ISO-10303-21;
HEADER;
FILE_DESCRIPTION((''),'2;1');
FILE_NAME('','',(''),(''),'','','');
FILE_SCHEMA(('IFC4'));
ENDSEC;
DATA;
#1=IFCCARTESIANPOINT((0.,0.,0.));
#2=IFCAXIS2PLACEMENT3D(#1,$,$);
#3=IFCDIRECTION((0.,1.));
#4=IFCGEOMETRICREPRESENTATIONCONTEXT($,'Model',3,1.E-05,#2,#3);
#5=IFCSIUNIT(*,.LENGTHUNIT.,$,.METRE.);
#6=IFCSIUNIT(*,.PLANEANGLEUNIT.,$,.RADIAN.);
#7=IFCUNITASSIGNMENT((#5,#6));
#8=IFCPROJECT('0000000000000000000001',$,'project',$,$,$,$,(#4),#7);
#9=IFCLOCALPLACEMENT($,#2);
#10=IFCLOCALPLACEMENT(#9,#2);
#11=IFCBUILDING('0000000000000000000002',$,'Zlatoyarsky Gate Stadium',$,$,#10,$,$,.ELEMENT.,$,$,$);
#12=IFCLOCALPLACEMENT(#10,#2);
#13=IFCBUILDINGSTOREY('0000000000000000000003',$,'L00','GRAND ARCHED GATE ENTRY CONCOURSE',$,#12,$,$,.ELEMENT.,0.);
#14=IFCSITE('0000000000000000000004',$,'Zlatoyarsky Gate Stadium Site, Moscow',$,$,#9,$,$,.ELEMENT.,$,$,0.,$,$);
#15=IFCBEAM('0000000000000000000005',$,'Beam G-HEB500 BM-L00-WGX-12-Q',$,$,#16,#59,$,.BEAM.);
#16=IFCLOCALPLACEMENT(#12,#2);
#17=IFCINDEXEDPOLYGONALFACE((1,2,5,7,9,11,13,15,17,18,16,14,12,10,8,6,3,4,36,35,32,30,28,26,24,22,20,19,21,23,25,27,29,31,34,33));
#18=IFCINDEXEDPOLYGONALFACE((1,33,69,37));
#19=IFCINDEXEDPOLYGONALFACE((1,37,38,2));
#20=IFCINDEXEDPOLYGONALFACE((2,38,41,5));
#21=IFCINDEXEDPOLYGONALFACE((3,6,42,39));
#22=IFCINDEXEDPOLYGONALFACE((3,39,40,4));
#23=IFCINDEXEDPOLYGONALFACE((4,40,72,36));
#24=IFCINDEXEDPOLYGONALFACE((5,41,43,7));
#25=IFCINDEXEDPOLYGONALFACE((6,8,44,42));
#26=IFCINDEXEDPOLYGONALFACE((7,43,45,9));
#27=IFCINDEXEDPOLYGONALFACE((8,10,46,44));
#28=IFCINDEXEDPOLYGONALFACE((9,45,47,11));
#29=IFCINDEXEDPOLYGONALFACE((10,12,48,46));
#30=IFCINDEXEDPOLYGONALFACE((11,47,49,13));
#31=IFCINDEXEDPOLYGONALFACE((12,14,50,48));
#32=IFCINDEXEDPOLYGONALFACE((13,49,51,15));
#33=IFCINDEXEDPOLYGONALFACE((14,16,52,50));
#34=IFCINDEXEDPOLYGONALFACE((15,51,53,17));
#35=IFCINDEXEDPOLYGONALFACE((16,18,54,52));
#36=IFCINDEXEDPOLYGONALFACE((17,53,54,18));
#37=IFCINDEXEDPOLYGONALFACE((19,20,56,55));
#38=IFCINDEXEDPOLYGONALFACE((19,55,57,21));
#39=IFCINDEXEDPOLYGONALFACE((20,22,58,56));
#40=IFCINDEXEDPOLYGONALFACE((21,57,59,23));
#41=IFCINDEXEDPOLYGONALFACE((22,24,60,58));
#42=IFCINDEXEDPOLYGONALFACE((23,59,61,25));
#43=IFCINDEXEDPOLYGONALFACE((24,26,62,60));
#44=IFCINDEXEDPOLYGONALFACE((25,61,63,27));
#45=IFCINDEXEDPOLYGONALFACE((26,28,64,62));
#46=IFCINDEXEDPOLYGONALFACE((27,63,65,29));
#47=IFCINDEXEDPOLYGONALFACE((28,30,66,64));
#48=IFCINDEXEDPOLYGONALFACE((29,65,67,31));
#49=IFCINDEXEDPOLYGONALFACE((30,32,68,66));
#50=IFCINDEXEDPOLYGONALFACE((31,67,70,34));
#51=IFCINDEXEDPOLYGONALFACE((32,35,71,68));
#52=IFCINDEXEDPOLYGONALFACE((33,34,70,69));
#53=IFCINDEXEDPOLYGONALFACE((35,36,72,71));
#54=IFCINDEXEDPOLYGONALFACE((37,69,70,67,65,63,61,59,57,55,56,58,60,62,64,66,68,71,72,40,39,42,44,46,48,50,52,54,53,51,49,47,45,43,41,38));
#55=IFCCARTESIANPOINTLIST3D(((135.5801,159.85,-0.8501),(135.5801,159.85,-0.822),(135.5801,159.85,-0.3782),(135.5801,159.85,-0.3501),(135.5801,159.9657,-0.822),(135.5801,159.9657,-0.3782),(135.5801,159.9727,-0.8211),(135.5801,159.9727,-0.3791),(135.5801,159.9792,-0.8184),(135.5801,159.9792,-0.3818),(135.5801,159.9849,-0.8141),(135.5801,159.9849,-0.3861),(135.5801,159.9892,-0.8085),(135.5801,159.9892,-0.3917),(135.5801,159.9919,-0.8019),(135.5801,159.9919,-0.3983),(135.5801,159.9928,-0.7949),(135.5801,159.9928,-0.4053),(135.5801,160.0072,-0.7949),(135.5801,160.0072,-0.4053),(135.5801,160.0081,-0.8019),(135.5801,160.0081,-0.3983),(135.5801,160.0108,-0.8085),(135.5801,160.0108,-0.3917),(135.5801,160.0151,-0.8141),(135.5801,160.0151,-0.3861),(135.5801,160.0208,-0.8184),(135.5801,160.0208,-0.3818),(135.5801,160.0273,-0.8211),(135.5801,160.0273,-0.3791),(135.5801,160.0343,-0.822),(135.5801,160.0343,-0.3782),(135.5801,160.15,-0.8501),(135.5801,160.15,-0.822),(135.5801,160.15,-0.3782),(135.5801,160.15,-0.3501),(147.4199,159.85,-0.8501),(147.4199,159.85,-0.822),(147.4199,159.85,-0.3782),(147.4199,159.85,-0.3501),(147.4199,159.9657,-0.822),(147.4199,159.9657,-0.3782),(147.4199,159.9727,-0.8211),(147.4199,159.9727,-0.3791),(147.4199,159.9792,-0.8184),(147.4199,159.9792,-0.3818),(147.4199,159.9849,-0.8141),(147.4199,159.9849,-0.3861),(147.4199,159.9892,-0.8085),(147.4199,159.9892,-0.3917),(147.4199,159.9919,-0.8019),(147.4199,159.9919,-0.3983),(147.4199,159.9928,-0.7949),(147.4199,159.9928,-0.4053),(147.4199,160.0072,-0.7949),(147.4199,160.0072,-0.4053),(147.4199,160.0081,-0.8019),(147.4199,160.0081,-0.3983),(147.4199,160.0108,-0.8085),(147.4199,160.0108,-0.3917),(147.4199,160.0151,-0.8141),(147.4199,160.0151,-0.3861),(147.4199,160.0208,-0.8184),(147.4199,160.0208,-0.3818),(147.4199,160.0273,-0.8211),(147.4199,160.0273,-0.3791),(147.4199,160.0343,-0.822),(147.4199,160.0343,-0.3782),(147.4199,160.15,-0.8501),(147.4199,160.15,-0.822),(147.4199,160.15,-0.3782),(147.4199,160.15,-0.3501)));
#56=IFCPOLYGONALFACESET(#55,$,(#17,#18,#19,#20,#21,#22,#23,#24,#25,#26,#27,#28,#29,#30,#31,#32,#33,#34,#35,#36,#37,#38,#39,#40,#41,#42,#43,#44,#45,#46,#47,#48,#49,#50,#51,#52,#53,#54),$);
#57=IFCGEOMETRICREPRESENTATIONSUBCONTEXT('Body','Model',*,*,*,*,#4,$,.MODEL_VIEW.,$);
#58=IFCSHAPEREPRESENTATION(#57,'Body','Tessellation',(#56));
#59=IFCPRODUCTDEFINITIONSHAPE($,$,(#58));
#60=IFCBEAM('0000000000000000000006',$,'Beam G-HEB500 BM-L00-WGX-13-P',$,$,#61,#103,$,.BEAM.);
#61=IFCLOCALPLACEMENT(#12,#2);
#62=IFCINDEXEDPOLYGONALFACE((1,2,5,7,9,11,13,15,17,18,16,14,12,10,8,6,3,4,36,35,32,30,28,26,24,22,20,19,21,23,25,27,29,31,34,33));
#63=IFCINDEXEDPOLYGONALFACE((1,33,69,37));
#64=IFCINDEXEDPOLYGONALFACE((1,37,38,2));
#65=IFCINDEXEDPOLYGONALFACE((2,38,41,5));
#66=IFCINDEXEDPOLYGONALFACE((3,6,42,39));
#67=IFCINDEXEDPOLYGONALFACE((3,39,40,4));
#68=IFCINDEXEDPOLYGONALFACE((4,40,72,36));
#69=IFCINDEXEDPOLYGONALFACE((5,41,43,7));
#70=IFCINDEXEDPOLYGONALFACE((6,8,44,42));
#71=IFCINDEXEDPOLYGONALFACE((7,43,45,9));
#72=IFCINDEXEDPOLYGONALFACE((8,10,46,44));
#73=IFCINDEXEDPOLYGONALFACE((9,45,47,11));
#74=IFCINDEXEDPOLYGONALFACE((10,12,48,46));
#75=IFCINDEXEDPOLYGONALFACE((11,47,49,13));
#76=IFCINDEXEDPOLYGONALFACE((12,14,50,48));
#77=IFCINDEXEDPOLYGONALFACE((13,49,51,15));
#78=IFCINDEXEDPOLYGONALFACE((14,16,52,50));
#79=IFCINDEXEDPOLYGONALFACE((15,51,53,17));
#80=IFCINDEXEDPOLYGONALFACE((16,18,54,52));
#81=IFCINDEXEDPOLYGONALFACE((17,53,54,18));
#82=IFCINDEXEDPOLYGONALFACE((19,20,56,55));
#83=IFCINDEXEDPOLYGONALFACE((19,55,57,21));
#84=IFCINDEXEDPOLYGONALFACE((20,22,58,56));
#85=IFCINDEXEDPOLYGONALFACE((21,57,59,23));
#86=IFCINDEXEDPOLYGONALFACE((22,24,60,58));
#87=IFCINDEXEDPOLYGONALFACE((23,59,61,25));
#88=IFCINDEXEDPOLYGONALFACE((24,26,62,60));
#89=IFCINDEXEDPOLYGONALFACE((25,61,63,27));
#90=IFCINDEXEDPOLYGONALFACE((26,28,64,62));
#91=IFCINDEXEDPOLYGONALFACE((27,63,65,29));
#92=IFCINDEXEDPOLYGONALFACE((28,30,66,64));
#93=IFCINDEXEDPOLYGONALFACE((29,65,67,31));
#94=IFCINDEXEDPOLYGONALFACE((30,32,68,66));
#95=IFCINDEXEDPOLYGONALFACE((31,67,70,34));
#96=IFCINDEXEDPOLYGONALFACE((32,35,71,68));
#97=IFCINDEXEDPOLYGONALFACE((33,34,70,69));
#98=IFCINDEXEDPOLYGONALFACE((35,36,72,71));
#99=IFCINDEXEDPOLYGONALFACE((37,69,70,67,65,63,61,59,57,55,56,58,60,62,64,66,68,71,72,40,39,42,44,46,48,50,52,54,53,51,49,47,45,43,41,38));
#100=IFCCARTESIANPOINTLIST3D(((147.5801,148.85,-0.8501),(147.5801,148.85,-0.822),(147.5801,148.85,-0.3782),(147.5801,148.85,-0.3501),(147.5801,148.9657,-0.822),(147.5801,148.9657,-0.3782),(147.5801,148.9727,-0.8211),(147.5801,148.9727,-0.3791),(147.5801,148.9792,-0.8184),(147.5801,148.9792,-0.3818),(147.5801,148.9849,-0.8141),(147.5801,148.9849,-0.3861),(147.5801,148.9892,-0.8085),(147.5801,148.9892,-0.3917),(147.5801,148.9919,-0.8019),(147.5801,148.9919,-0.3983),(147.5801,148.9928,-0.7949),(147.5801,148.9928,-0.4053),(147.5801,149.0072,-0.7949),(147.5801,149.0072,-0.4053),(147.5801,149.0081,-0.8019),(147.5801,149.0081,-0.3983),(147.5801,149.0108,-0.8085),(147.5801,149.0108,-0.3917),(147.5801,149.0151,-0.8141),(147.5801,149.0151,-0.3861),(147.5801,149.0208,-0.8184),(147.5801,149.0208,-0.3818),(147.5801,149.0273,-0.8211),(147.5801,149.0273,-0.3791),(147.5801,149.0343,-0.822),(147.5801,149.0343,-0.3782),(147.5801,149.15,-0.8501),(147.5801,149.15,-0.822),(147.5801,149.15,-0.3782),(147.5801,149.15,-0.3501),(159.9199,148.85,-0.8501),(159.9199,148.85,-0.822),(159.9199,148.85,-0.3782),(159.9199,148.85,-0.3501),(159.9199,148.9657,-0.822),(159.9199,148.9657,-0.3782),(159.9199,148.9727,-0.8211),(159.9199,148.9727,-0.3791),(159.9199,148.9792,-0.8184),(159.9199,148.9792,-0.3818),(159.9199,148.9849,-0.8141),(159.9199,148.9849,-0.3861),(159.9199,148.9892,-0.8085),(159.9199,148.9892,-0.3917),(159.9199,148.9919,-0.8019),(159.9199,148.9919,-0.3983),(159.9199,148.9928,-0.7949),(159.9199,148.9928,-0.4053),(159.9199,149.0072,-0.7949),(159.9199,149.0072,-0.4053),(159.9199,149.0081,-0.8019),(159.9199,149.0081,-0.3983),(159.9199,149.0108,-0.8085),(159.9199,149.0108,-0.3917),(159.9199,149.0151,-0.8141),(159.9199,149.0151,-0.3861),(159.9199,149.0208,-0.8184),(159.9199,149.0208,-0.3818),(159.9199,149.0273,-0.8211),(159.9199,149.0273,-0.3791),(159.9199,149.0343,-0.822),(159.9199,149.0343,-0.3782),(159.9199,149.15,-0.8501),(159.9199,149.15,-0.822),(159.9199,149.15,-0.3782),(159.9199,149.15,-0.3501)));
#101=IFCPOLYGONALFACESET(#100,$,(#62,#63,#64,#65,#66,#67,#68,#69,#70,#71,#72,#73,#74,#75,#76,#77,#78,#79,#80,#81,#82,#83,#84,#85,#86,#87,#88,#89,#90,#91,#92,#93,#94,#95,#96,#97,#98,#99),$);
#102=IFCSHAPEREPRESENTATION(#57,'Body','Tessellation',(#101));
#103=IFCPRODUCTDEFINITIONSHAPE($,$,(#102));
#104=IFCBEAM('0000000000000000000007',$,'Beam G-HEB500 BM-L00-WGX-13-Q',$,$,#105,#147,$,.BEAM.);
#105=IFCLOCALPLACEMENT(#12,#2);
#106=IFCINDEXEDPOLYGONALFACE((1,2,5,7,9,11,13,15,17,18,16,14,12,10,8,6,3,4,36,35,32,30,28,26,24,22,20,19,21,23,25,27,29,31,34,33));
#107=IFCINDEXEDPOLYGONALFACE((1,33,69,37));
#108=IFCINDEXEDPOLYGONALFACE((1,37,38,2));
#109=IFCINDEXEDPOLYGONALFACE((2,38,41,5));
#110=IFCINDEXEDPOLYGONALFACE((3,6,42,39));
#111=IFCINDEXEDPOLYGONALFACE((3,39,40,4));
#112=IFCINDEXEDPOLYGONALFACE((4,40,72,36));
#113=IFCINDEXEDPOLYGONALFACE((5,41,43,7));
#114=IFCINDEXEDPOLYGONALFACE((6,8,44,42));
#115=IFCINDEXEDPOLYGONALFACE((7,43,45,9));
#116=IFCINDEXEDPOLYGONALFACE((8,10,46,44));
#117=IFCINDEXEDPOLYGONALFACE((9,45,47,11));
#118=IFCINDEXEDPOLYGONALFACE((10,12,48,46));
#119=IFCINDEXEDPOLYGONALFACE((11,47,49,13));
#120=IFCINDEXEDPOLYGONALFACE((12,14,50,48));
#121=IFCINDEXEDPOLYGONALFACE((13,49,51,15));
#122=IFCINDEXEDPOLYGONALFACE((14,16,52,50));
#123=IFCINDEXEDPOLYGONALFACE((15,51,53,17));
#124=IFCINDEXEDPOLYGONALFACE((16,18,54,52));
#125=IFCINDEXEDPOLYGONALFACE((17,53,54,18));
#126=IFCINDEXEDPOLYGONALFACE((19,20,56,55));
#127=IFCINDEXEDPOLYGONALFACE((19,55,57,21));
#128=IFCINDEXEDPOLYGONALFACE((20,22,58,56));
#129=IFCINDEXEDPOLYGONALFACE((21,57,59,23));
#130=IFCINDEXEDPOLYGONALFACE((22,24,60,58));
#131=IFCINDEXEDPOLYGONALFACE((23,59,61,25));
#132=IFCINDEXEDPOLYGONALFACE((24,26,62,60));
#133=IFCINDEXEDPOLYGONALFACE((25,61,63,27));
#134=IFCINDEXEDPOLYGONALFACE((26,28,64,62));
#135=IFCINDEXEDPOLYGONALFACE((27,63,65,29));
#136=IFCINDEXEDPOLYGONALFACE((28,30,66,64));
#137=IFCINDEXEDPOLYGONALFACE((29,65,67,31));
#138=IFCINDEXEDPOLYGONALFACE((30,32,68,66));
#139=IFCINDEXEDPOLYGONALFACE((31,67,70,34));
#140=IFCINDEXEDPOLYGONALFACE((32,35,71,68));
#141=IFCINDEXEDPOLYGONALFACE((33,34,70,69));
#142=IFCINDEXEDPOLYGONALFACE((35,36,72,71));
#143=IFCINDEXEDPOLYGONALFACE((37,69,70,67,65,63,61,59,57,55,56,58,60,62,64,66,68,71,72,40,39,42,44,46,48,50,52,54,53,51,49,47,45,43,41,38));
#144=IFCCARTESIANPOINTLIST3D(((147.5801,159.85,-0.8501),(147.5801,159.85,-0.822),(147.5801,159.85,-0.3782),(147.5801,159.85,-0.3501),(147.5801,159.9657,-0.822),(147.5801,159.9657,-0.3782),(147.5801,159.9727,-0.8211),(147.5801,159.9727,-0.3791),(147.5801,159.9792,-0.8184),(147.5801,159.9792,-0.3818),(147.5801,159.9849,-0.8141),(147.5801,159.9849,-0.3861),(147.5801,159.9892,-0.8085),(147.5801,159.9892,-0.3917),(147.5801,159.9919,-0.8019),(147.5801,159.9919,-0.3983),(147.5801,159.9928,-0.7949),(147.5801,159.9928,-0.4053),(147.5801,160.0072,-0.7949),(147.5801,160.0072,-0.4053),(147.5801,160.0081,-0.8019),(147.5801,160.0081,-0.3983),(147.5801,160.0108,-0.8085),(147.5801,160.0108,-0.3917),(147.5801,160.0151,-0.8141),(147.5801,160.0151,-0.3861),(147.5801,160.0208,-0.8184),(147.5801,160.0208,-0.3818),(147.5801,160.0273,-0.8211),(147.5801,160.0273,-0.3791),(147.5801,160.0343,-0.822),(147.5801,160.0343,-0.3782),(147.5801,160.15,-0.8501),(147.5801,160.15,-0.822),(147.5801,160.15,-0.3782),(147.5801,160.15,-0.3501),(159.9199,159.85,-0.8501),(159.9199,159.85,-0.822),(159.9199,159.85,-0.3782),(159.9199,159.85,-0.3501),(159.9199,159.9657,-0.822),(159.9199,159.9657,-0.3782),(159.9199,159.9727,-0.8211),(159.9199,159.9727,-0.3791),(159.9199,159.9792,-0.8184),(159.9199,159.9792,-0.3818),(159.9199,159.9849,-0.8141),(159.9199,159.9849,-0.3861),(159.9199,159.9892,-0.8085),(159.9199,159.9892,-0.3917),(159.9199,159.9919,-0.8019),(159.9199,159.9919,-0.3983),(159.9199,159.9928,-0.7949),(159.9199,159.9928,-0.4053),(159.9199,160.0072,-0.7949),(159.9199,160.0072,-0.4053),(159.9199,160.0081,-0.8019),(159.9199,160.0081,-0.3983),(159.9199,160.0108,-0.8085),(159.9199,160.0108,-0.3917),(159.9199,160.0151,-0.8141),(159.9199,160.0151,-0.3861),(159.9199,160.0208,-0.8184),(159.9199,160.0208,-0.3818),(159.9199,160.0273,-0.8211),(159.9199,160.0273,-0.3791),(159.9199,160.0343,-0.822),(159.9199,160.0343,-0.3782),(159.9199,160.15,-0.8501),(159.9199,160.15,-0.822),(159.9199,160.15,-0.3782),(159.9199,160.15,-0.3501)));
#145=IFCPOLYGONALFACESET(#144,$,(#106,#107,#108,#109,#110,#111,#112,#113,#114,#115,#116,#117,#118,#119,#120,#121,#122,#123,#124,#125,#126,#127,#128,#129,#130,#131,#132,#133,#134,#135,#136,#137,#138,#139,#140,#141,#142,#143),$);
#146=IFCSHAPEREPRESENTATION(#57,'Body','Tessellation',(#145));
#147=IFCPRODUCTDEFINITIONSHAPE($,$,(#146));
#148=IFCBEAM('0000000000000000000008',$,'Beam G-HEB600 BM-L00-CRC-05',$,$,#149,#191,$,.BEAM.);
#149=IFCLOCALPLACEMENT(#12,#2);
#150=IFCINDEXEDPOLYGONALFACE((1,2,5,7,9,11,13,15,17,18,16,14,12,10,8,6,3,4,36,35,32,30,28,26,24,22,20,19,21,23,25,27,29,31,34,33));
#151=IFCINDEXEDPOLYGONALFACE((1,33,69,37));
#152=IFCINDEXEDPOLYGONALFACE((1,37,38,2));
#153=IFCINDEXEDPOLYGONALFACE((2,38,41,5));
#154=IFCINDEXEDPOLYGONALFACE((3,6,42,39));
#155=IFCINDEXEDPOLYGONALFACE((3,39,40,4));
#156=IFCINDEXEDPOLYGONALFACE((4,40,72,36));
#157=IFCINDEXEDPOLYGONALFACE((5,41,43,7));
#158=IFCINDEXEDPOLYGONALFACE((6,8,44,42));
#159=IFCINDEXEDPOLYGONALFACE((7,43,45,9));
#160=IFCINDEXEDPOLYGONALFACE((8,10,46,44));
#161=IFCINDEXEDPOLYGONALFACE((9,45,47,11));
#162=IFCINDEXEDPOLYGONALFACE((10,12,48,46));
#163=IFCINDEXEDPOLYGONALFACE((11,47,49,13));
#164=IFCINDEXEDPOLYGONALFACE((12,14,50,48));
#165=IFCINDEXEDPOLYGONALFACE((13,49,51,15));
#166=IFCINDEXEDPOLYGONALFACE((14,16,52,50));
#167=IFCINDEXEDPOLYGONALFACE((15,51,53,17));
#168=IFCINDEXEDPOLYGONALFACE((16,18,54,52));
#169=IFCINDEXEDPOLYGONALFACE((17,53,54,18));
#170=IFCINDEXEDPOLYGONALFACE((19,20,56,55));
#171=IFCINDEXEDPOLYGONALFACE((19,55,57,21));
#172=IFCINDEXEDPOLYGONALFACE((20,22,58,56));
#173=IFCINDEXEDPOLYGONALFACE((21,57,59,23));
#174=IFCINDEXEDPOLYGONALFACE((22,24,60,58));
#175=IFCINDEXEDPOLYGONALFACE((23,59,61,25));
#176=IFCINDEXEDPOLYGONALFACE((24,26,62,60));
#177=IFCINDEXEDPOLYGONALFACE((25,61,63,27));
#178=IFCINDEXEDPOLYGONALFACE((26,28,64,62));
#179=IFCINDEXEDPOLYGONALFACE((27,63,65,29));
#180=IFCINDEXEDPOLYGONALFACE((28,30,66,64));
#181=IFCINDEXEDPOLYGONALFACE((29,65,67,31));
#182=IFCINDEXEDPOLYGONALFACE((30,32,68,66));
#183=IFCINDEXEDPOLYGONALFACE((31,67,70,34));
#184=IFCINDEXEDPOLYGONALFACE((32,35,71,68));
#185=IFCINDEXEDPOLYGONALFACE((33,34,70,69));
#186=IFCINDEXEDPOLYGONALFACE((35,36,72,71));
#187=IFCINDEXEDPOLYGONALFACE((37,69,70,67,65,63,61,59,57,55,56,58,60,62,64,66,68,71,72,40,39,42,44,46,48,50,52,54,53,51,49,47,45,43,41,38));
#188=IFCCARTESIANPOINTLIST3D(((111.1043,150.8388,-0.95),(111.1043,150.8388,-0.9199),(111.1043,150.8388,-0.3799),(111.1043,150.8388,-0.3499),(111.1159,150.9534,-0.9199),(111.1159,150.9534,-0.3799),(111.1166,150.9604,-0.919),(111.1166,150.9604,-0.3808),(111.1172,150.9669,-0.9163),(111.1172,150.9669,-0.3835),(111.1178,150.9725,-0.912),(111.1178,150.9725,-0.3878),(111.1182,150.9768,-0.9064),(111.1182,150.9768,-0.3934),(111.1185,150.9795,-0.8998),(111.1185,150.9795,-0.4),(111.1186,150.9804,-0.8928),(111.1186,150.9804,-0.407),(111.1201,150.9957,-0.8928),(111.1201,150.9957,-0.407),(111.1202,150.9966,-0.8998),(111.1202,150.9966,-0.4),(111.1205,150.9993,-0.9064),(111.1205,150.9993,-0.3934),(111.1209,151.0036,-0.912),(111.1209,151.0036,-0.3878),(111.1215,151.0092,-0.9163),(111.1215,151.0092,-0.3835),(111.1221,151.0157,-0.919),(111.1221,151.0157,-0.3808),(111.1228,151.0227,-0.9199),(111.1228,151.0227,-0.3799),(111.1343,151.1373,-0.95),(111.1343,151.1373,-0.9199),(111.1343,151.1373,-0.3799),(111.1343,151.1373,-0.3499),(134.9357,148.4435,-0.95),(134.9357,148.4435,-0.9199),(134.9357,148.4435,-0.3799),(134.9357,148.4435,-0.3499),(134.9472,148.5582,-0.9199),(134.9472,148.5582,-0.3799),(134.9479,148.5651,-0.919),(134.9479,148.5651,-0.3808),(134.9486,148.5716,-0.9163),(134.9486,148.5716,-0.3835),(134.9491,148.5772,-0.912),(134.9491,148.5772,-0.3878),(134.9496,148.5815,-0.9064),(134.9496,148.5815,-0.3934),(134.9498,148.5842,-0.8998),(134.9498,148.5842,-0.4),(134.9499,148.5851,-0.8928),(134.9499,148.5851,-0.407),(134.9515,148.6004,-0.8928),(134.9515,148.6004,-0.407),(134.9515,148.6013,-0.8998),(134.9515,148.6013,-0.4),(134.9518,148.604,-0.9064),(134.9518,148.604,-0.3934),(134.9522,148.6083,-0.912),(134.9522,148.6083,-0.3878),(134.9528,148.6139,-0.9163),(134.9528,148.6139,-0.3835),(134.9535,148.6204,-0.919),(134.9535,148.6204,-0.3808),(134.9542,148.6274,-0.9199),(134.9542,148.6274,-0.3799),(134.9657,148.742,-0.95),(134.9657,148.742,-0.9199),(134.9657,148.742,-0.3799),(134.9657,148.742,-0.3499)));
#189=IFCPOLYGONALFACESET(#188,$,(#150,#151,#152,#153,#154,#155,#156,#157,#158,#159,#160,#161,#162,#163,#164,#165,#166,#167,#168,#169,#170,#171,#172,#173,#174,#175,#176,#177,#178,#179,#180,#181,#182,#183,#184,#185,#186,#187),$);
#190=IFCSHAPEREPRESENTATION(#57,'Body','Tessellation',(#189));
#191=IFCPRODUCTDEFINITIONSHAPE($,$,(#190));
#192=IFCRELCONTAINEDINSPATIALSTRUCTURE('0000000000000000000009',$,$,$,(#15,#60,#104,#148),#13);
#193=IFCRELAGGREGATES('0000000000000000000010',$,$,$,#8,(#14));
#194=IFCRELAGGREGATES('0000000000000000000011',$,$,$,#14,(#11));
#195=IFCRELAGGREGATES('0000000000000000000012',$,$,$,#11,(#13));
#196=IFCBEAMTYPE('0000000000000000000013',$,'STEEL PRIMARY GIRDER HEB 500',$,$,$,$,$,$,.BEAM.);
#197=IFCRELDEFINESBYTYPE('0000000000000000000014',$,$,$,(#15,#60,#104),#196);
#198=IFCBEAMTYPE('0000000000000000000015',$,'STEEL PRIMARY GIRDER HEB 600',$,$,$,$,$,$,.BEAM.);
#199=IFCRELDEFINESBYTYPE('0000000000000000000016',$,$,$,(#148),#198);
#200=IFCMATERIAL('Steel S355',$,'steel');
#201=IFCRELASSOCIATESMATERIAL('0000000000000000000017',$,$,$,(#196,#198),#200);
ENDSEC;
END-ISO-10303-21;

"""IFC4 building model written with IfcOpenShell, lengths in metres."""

from ifc_helpers import new_model, si_unit, direction, frame, origin, origin_2d, place, context, subcontext, project, spatial, i_section, extrude, material, material_profile, profile_set, type_object, element, save


model = new_model("IFC4")

# Units and contexts
model_context = context("Model", 3, precision=1e-05, world=origin(), true_north=direction((0.0, 1.0)))
body_context = subcontext(model_context, "Body", "Model", "MODEL_VIEW")
ifc_project = project(units=[si_unit("LENGTHUNIT", "METRE"), si_unit("PLANEANGLEUNIT", "RADIAN")], contexts=[model_context])

# Site, building, storey
site_placement = place(None, origin())
site = spatial("IfcSite", under=ifc_project, at=site_placement, Name="Zlatoyarsky Gate Stadium Site, Moscow", CompositionType="ELEMENT", RefElevation=0.0)
building_placement = place(site_placement, origin())
building = spatial("IfcBuilding", under=site, at=building_placement, Name="Zlatoyarsky Gate Stadium", CompositionType="ELEMENT")
storey_placement = place(building_placement, origin())
storey = spatial("IfcBuildingStorey", under=building, at=storey_placement, Name="L00", Description="GRAND ARCHED GATE ENTRY CONCOURSE", CompositionType="ELEMENT", Elevation=0.0)

# Shared definitions
ifc_material_1 = material(Name="Steel S355", Category="steel")

# Beams
ifc_material_profile_1 = material_profile(ifc_material_1, i_section(OverallWidth=0.3, OverallDepth=0.5, WebThickness=0.0144, FlangeThickness=0.0281, FilletRadius=0.0271, at=origin_2d()), Name="HEB 500")
ifc_profile_set_1 = profile_set([ifc_material_profile_1], Name="Steel S355")
beam_type_1 = type_object("IfcBeamType", Name="STEEL PRIMARY GIRDER HEB 500", PredefinedType="BEAM", material=ifc_profile_set_1)
beam_1_placement = place(storey_placement, frame((135.5801, 160.0, -0.6001), z_axis=(1.0, 0.0, 0.0), x_axis=(0.0, 1.0, 0.0)))
element("IfcBeam", 1, at=beam_1_placement, inside=storey, type_object=beam_type_1, Name="Beam G-HEB500 BM-L00-WGX-12-Q", PredefinedType="BEAM", context=body_context, shape_type="SweptSolid", body=[
    extrude(i_section(OverallWidth=0.3, OverallDepth=0.5, WebThickness=0.0144, FlangeThickness=0.0281, FilletRadius=0.0271, at=origin_2d()), origin(), (0.0, 0.0, 1.0), 11.8398),
])
for number, where, z_axis, x_axis, name in (
    (2, (147.5801, 149.0, -0.6001), (1.0, 0.0, 0.0), (0.0, 1.0, 0.0), "Beam G-HEB500 BM-L00-WGX-13-P"),
    (3, (147.5801, 160.0, -0.6001), (1.0, 0.0, 0.0), (0.0, 1.0, 0.0), "Beam G-HEB500 BM-L00-WGX-13-Q"),
):
    element("IfcBeam", number, at=place(storey_placement, frame(where, z_axis=z_axis, x_axis=x_axis)), inside=storey, type_object=beam_type_1, Name=name, PredefinedType="BEAM", context=body_context, shape_type="SweptSolid", body=[
        extrude(i_section(OverallWidth=0.3, OverallDepth=0.5, WebThickness=0.0144, FlangeThickness=0.0281, FilletRadius=0.0271, at=origin_2d()), origin(), (0.0, 0.0, 1.0), 12.3398),
    ])
ifc_material_profile_2 = material_profile(ifc_material_1, i_section(OverallWidth=0.3, OverallDepth=0.6001, WebThickness=0.0154, FlangeThickness=0.03, FilletRadius=0.0271, at=origin_2d()), Name="HEB 600")
ifc_profile_set_2 = profile_set([ifc_material_profile_2], Name="Steel S355")
beam_type_2 = type_object("IfcBeamType", Name="STEEL PRIMARY GIRDER HEB 600", PredefinedType="BEAM", material=ifc_profile_set_2)
beam_2_placement = place(storey_placement, frame((134.9507, 148.5928, -0.6499), z_axis=(-0.994987, 0.100005, 0.0), x_axis=(-0.100005, -0.994987, 0.0)))
element("IfcBeam", 4, at=beam_2_placement, inside=storey, type_object=beam_type_2, Name="Beam G-HEB600 BM-L00-CRC-05", PredefinedType="BEAM", context=body_context, shape_type="SweptSolid", body=[
    extrude(i_section(OverallWidth=0.3, OverallDepth=0.6001, WebThickness=0.0154, FlangeThickness=0.03, FilletRadius=0.0271, at=origin_2d()), origin(), (0.0, 0.0, 1.0), 23.9514),
])

save(model, "model.ifc")
